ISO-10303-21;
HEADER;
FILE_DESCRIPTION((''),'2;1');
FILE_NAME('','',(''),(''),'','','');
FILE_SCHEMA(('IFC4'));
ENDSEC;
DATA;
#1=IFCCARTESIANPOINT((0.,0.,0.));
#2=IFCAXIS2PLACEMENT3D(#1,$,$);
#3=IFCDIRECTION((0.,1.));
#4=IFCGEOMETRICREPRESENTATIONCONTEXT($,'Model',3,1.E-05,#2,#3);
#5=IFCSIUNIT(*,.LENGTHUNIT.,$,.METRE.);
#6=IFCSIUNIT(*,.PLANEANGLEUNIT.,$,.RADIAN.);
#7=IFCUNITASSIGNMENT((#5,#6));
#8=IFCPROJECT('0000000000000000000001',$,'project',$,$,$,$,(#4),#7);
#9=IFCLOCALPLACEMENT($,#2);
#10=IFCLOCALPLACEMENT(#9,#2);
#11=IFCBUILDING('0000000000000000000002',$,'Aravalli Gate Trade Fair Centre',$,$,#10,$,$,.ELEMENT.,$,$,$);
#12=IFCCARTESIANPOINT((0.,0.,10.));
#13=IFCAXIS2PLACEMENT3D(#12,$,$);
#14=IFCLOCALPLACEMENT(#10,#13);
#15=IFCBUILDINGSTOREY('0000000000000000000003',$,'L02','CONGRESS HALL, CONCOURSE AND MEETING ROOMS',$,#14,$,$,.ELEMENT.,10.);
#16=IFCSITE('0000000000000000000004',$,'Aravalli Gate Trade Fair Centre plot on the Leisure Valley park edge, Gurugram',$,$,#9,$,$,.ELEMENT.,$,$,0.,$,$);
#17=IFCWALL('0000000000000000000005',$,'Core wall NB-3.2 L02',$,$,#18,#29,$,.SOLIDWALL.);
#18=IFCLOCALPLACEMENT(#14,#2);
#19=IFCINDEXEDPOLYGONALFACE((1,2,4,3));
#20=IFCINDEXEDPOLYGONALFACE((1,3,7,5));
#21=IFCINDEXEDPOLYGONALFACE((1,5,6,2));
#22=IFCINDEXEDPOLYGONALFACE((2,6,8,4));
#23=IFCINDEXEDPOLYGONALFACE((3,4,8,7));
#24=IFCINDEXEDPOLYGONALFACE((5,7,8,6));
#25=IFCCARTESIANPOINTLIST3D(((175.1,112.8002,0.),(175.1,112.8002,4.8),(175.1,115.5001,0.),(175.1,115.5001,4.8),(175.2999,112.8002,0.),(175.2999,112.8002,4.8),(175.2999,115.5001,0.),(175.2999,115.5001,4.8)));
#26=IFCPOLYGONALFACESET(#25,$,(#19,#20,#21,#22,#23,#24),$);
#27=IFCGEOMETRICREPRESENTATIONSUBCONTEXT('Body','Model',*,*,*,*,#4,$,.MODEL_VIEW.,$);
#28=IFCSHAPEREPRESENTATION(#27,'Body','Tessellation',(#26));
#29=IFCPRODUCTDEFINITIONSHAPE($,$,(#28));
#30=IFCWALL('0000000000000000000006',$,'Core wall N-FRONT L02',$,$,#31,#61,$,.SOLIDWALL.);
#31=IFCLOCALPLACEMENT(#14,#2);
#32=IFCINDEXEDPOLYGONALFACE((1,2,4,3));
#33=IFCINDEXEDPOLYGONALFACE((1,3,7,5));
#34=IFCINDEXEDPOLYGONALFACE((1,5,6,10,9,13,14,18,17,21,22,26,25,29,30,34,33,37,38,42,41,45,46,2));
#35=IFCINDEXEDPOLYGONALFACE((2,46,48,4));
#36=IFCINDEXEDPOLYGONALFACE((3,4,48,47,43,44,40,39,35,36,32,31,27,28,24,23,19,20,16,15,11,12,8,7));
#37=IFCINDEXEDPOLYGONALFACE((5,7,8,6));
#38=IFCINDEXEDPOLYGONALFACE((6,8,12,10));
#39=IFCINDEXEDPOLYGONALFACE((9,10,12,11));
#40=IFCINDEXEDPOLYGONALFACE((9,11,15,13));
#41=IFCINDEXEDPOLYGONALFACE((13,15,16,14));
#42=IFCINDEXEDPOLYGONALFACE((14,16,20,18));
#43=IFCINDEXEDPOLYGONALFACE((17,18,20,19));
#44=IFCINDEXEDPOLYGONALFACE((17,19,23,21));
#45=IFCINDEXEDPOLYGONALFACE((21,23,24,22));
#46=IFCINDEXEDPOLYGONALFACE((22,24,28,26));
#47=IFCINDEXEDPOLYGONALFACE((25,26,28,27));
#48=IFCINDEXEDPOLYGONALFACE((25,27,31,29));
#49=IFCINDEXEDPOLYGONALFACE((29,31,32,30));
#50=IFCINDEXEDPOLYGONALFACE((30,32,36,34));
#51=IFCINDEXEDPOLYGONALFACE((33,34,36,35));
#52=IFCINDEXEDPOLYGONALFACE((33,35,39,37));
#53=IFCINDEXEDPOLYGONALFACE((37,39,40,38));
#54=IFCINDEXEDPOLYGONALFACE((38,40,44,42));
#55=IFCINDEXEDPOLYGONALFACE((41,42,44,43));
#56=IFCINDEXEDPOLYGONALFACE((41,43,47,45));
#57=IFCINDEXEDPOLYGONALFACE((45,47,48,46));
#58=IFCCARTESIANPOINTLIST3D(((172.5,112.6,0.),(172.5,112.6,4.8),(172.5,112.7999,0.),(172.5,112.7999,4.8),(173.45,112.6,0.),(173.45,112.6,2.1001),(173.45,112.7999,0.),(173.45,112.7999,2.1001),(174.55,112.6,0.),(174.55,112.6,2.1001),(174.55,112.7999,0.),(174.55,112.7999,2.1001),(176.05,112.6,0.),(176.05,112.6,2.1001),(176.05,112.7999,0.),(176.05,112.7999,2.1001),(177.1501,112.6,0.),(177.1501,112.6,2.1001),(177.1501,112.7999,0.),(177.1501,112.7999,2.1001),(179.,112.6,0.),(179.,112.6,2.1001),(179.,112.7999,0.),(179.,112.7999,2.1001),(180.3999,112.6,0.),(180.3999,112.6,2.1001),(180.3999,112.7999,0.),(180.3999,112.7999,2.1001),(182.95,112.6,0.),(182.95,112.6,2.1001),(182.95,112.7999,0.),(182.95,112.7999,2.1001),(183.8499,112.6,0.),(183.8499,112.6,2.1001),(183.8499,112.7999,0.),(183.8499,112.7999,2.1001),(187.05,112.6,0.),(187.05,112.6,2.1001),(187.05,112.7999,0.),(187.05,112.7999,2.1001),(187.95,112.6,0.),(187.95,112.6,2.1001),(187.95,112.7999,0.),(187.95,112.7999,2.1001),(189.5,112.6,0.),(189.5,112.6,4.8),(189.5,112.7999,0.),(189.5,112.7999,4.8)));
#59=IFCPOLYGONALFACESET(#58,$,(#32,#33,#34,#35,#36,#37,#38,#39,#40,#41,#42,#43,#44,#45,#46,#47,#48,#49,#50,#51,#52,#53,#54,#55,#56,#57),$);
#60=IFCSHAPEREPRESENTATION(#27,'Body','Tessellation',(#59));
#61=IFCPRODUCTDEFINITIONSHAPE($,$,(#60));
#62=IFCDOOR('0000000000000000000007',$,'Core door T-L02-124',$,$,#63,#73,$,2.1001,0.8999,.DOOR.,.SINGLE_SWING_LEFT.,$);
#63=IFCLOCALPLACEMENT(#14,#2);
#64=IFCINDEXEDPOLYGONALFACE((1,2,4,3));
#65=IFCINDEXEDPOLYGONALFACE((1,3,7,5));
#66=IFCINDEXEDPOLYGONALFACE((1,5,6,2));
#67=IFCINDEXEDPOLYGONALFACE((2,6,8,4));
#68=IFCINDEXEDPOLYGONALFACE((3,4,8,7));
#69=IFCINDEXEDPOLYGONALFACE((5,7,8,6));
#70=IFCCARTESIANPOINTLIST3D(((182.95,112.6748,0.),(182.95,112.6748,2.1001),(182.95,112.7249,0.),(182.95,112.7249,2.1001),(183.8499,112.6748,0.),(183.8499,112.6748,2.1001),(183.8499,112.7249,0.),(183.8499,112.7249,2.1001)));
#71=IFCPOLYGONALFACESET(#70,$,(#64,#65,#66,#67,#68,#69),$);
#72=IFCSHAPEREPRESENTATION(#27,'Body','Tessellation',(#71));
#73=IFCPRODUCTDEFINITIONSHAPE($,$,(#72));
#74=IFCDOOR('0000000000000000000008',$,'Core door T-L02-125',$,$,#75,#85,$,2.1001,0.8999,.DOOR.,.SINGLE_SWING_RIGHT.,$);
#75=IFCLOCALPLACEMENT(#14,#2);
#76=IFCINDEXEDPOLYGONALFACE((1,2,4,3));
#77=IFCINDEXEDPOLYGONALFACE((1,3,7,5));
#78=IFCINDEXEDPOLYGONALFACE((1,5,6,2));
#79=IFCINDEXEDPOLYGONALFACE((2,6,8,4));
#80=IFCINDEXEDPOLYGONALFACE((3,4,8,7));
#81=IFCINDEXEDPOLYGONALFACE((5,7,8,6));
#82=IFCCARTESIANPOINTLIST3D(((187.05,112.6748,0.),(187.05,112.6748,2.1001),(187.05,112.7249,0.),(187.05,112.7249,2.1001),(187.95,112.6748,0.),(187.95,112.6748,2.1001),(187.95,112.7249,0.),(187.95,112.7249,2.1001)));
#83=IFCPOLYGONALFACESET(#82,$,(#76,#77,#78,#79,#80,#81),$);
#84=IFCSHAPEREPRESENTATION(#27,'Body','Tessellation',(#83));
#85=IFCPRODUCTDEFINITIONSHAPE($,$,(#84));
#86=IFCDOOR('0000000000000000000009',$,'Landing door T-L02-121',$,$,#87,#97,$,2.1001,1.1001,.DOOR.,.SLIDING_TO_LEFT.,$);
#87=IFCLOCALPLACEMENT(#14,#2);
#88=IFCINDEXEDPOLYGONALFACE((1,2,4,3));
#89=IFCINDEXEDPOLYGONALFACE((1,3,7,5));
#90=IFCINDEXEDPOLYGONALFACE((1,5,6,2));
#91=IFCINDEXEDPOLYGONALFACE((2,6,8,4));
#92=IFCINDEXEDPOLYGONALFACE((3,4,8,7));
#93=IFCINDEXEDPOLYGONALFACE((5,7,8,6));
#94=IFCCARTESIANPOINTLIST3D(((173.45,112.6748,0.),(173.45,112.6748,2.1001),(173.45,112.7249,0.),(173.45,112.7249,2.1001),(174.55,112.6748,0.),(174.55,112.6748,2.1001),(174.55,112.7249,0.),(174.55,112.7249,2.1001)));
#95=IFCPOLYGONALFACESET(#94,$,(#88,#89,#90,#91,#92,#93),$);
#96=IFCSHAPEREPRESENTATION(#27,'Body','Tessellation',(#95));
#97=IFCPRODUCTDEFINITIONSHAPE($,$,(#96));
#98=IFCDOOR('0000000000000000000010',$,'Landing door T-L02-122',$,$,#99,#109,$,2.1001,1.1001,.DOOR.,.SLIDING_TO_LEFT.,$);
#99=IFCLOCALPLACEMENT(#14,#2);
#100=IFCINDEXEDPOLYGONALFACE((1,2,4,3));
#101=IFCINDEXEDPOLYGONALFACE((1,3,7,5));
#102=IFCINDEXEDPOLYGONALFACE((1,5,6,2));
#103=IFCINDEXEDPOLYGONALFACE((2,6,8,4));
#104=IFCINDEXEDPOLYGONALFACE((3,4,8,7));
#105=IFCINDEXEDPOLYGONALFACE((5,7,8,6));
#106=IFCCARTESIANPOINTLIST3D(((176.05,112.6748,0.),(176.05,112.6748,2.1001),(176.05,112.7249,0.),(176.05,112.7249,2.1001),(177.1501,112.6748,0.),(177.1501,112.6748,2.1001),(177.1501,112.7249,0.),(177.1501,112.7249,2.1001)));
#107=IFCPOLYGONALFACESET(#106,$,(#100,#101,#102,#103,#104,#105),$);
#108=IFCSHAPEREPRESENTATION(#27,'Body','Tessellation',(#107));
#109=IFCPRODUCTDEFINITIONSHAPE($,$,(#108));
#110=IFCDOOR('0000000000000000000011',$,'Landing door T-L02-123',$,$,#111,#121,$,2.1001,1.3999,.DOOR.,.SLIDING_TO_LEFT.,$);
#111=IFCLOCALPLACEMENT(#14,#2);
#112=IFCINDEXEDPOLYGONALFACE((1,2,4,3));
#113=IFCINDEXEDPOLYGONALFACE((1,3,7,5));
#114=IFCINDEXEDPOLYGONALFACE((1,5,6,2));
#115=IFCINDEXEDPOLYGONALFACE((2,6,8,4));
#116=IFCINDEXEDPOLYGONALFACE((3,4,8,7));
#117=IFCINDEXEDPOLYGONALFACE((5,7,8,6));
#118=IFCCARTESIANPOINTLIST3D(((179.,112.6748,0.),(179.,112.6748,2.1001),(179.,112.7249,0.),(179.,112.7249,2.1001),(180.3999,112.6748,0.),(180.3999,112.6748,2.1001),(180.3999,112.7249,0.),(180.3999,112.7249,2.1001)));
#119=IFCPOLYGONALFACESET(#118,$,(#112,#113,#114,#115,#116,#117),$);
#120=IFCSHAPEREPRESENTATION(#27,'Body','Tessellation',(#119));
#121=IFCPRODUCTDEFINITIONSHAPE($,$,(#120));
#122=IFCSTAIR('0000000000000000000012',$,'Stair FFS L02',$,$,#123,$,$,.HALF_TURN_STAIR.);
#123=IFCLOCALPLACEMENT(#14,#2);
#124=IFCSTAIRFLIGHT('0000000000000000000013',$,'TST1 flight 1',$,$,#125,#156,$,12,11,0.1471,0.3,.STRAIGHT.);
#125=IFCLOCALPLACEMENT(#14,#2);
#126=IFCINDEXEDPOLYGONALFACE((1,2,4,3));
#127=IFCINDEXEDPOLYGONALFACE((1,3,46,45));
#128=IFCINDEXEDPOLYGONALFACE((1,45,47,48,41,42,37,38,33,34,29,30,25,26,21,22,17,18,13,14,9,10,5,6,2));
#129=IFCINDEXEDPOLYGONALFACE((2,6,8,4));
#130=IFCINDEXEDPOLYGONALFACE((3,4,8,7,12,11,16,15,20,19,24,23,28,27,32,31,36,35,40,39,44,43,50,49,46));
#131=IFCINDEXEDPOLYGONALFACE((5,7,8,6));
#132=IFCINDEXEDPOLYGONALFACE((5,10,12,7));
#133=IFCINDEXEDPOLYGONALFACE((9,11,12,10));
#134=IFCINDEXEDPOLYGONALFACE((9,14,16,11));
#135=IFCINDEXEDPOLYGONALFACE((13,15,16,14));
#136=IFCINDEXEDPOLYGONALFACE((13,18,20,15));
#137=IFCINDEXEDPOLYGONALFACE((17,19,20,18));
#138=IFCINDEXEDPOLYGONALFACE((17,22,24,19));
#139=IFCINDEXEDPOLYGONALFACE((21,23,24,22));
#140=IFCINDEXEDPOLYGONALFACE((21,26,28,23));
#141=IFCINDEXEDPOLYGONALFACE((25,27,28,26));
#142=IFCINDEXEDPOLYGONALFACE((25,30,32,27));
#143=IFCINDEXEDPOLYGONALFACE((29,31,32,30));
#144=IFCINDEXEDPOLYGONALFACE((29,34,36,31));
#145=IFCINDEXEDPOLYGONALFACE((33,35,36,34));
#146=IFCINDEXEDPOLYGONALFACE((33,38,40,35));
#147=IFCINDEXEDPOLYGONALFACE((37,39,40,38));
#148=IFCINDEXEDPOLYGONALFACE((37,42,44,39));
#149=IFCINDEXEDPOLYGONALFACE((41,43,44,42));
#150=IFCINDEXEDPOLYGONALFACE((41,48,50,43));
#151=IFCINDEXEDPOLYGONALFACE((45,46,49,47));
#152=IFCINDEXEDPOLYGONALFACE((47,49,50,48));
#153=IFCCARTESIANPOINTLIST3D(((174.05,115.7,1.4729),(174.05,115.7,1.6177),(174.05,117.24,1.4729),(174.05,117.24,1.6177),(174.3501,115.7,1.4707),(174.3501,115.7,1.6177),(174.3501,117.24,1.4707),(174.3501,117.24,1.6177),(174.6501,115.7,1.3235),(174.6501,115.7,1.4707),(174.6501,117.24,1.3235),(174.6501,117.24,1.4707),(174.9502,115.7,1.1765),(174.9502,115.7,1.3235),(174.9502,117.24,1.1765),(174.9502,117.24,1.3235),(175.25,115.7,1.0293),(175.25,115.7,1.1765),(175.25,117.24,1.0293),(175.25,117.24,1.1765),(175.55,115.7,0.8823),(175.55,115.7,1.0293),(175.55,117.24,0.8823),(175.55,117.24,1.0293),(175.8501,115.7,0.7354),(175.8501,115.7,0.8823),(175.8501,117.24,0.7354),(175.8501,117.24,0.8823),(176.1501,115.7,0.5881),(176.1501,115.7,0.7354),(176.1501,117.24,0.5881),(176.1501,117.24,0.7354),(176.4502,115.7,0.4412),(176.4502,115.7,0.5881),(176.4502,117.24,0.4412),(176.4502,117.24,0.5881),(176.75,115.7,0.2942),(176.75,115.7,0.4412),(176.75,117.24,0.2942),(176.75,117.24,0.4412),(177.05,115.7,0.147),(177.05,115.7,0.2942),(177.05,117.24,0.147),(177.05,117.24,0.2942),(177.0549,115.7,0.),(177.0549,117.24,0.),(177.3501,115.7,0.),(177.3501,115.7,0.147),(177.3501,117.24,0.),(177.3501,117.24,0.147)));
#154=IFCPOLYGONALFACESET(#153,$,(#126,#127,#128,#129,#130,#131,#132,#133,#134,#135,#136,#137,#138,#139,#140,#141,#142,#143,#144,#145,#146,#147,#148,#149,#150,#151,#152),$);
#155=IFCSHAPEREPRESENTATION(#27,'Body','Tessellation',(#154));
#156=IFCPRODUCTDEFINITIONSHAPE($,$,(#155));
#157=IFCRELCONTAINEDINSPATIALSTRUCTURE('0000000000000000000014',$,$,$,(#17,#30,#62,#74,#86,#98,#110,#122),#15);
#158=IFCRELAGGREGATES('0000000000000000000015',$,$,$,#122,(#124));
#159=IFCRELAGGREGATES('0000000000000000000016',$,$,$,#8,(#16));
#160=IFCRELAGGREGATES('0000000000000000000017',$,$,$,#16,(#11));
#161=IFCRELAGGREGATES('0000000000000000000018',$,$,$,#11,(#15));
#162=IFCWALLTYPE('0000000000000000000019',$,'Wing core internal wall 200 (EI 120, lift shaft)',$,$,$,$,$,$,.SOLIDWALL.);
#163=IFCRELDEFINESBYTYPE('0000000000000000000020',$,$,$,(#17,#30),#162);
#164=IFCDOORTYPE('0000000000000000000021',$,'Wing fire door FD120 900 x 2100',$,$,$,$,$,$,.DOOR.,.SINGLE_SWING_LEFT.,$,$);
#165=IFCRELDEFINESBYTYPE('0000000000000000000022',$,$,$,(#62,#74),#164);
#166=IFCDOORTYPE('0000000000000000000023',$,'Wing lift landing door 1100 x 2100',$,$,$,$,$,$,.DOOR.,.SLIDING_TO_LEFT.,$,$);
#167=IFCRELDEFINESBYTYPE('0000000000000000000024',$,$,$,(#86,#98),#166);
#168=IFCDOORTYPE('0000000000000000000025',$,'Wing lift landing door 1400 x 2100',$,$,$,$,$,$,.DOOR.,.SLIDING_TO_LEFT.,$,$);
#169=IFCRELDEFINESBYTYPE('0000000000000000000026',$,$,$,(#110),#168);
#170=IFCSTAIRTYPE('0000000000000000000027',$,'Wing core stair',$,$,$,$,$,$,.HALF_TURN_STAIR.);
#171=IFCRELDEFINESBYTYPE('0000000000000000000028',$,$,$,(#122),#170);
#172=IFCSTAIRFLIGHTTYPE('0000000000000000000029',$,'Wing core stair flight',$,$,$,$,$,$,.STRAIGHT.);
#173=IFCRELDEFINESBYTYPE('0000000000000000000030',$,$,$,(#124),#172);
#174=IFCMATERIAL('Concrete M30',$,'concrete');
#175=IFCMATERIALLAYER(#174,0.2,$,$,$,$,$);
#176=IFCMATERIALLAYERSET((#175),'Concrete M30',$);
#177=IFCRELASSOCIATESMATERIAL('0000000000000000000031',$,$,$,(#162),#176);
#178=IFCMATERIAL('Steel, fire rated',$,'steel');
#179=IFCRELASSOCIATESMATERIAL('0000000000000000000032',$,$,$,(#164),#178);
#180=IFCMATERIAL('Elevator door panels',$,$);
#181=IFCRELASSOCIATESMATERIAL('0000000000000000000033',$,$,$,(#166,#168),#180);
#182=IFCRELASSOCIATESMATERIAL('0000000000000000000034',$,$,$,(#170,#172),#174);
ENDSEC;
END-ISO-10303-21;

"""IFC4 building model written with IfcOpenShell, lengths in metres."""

from ifc_helpers import new_model, si_unit, direction, frame, frame_2d, origin, place, context, subcontext, project, spatial, polyline, rectangle, outline, extrude, material, layer, layer_set, type_object, element, fill, aggregate, save


model = new_model("IFC4")

# Units and contexts
model_context = context("Model", 3, precision=1e-05, world=origin(), true_north=direction((0.0, 1.0)))
body_context = subcontext(model_context, "Body", "Model", "MODEL_VIEW")
ifc_project = project(units=[si_unit("LENGTHUNIT", "METRE"), si_unit("PLANEANGLEUNIT", "RADIAN")], contexts=[model_context])

# Site, building, storey
site_placement = place(None, origin())
site = spatial("IfcSite", under=ifc_project, at=site_placement, Name="Aravalli Gate Trade Fair Centre plot on the Leisure Valley park edge, Gurugram", CompositionType="ELEMENT", RefElevation=0.0)
building_placement = place(site_placement, origin())
building = spatial("IfcBuilding", under=site, at=building_placement, Name="Aravalli Gate Trade Fair Centre", CompositionType="ELEMENT")
storey_placement = place(building_placement, frame((0.0, 0.0, 10.0)))
storey = spatial("IfcBuildingStorey", under=building, at=storey_placement, Name="L02", Description="CONGRESS HALL, CONCOURSE AND MEETING ROOMS", CompositionType="ELEMENT", Elevation=10.0)

# Shared definitions
ifc_material_1 = material(Name="Concrete M30", Category="concrete")

# Shared definitions
ifc_material_2 = material(Name="Steel, fire rated", Category="steel")

# Shared definitions
ifc_layer_1 = layer(ifc_material_1, 0.2)
ifc_layer_set_1 = layer_set([ifc_layer_1], Name="Concrete M30")
wall_type_1 = type_object("IfcWallType", Name="Wing core internal wall 200 (EI 120, lift shaft)", PredefinedType="SOLIDWALL", material=ifc_layer_set_1)

# Shared definitions
door_type_1 = type_object("IfcDoorType", Name="Wing fire door FD120 900 x 2100", OperationType="SINGLE_SWING_LEFT", PredefinedType="DOOR", material=ifc_material_2)
ifc_material_3 = material(Name="Elevator door panels")
door_type_2 = type_object("IfcDoorType", Name="Wing lift landing door 1100 x 2100", OperationType="SLIDING_TO_LEFT", PredefinedType="DOOR", material=ifc_material_3)

# Wall
wall_1_placement = place(storey_placement, frame((175.2, 112.8, 0.0), z_axis=(0.0, 0.0, 1.0), x_axis=(0.0, 1.0, 0.0)))
element("IfcWall", 1, at=wall_1_placement, inside=storey, type_object=wall_type_1, Name="Core wall NB-3.2 L02", PredefinedType="SOLIDWALL", context=body_context, shape_type="SweptSolid", body=[
    extrude(rectangle(XDim=2.7, YDim=0.2, at=frame_2d((1.3501, 0.0))), origin(), (0.0, 0.0, 1.0), 4.8),
])

# Wall, openings, doors
wall_2_placement = place(storey_placement, frame((172.5, 112.7, 0.0), z_axis=(0.0, 0.0, 1.0), x_axis=(1.0, 0.0, 0.0)))
wall_2 = element("IfcWall", 2, at=wall_2_placement, inside=storey, type_object=wall_type_1, Name="Core wall N-FRONT L02", PredefinedType="SOLIDWALL", context=body_context, shape_type="SweptSolid", body=[
    extrude(rectangle(XDim=17.0, YDim=0.2, at=frame_2d((8.5, 0.0))), origin(), (0.0, 0.0, 1.0), 4.8),
])
opening_1_placement = place(wall_2_placement, frame((0.95, 0.0, 0.0)))
opening_1 = element("IfcOpeningElement", 3, at=opening_1_placement, cuts=wall_2, PredefinedType="OPENING", context=body_context, shape_type="SweptSolid", body=[
    extrude(rectangle(XDim=1.1001, YDim=2.1001, at=frame_2d((0.55, 1.05))), frame((0.0, 0.1099, 0.0), z_axis=(0.0, -1.0, 0.0), x_axis=(1.0, 0.0, 0.0)), (0.0, 0.0, 1.0), 0.22),
])
opening_2_placement = place(wall_2_placement, frame((3.55, 0.0, 0.0)))
opening_2 = element("IfcOpeningElement", 4, at=opening_2_placement, cuts=wall_2, PredefinedType="OPENING", context=body_context, shape_type="SweptSolid", body=[
    extrude(rectangle(XDim=1.1001, YDim=2.1001, at=frame_2d((0.55, 1.05))), frame((0.0, 0.1099, 0.0), z_axis=(0.0, -1.0, 0.0), x_axis=(1.0, 0.0, 0.0)), (0.0, 0.0, 1.0), 0.22),
])
opening_3_placement = place(wall_2_placement, frame((6.5, 0.0, 0.0)))
opening_3 = element("IfcOpeningElement", 5, at=opening_3_placement, cuts=wall_2, PredefinedType="OPENING", context=body_context, shape_type="SweptSolid", body=[
    extrude(rectangle(XDim=1.3999, YDim=2.1001, at=frame_2d((0.7, 1.05))), frame((0.0, 0.1099, 0.0), z_axis=(0.0, -1.0, 0.0), x_axis=(1.0, 0.0, 0.0)), (0.0, 0.0, 1.0), 0.22),
])
opening_4_placement = place(wall_2_placement, frame((10.45, 0.0, 0.0)))
opening_4 = element("IfcOpeningElement", 6, at=opening_4_placement, cuts=wall_2, PredefinedType="OPENING", context=body_context, shape_type="SweptSolid", body=[
    extrude(rectangle(XDim=0.8999, YDim=2.1001, at=frame_2d((0.45, 1.05))), frame((0.0, 0.1099, 0.0), z_axis=(0.0, -1.0, 0.0), x_axis=(1.0, 0.0, 0.0)), (0.0, 0.0, 1.0), 0.22),
])
opening_5_placement = place(wall_2_placement, frame((14.55, 0.0, 0.0)))
opening_5 = element("IfcOpeningElement", 7, at=opening_5_placement, cuts=wall_2, PredefinedType="OPENING", context=body_context, shape_type="SweptSolid", body=[
    extrude(rectangle(XDim=0.8999, YDim=2.1001, at=frame_2d((0.45, 1.05))), frame((0.0, 0.1099, 0.0), z_axis=(0.0, -1.0, 0.0), x_axis=(1.0, 0.0, 0.0)), (0.0, 0.0, 1.0), 0.22),
])
door_1_placement = place(opening_4_placement, origin())
door_1 = element("IfcDoor", 8, at=door_1_placement, inside=storey, type_object=door_type_1, Name="Core door T-L02-124", OperationType="SINGLE_SWING_LEFT", OverallHeight=2.1001, OverallWidth=0.8999, PredefinedType="DOOR", context=body_context, shape_type="SweptSolid", body=[
    extrude(rectangle(XDim=0.8999, YDim=2.1001, at=frame_2d((0.45, 1.05))), frame((0.0, 0.0249, 0.0), z_axis=(0.0, -1.0, 0.0), x_axis=(1.0, 0.0, 0.0)), (0.0, 0.0, 1.0), 0.05),
])
fill(opening_4, door_1)
door_2_placement = place(opening_5_placement, origin())
door_2 = element("IfcDoor", 9, at=door_2_placement, inside=storey, type_object=door_type_1, Name="Core door T-L02-125", OperationType="SINGLE_SWING_RIGHT", OverallHeight=2.1001, OverallWidth=0.8999, PredefinedType="DOOR", context=body_context, shape_type="SweptSolid", body=[
    extrude(rectangle(XDim=0.8999, YDim=2.1001, at=frame_2d((0.45, 1.05))), frame((0.0, 0.0249, 0.0), z_axis=(0.0, -1.0, 0.0), x_axis=(1.0, 0.0, 0.0)), (0.0, 0.0, 1.0), 0.05),
])
fill(opening_5, door_2)
door_3_placement = place(opening_1_placement, origin())
door_3 = element("IfcDoor", 10, at=door_3_placement, inside=storey, type_object=door_type_2, Name="Landing door T-L02-121", OperationType="SLIDING_TO_LEFT", OverallHeight=2.1001, OverallWidth=1.1001, PredefinedType="DOOR", context=body_context, shape_type="SweptSolid", body=[
    extrude(rectangle(XDim=1.1001, YDim=2.1001, at=frame_2d((0.55, 1.05))), frame((0.0, 0.0249, 0.0), z_axis=(0.0, -1.0, 0.0), x_axis=(1.0, 0.0, 0.0)), (0.0, 0.0, 1.0), 0.05),
])
fill(opening_1, door_3)
door_4_placement = place(opening_2_placement, origin())
door_4 = element("IfcDoor", 11, at=door_4_placement, inside=storey, type_object=door_type_2, Name="Landing door T-L02-122", OperationType="SLIDING_TO_LEFT", OverallHeight=2.1001, OverallWidth=1.1001, PredefinedType="DOOR", context=body_context, shape_type="SweptSolid", body=[
    extrude(rectangle(XDim=1.1001, YDim=2.1001, at=frame_2d((0.55, 1.05))), frame((0.0, 0.0249, 0.0), z_axis=(0.0, -1.0, 0.0), x_axis=(1.0, 0.0, 0.0)), (0.0, 0.0, 1.0), 0.05),
])
fill(opening_2, door_4)
door_type_3 = type_object("IfcDoorType", Name="Wing lift landing door 1400 x 2100", OperationType="SLIDING_TO_LEFT", PredefinedType="DOOR", material=ifc_material_3)
door_5_placement = place(opening_3_placement, origin())
door_5 = element("IfcDoor", 12, at=door_5_placement, inside=storey, type_object=door_type_3, Name="Landing door T-L02-123", OperationType="SLIDING_TO_LEFT", OverallHeight=2.1001, OverallWidth=1.3999, PredefinedType="DOOR", context=body_context, shape_type="SweptSolid", body=[
    extrude(rectangle(XDim=1.3999, YDim=2.1001, at=frame_2d((0.7, 1.05))), frame((0.0, 0.0249, 0.0), z_axis=(0.0, -1.0, 0.0), x_axis=(1.0, 0.0, 0.0)), (0.0, 0.0, 1.0), 0.05),
])
fill(opening_3, door_5)

# Stair, stair flight
stair_type = type_object("IfcStairType", Name="Wing core stair", PredefinedType="HALF_TURN_STAIR", material=ifc_material_1)
stair_placement = place(storey_placement, origin())
stair = element("IfcStair", 13, at=stair_placement, inside=storey, type_object=stair_type, Name="Stair FFS L02", PredefinedType="HALF_TURN_STAIR")
stair_flight_type = type_object("IfcStairFlightType", Name="Wing core stair flight", PredefinedType="STRAIGHT", material=ifc_material_1)
stair_flight_1_placement = place(storey_placement, frame((177.3501, 116.47, 0.0), z_axis=(0.0, 0.0, 1.0), x_axis=(-1.0, 0.0, 0.0)))
stair_flight_1 = element("IfcStairFlight", 14, at=stair_flight_1_placement, type_object=stair_flight_type, Name="TST1 flight 1", NumberOfRisers=12, NumberOfTreads=11, PredefinedType="STRAIGHT", RiserHeight=0.1471, TreadLength=0.3, context=body_context, shape_type="SweptSolid", body=[
    extrude(outline(polyline([(0.0, 0.0), (0.0, 0.147), (0.3, 0.147), (0.3, 0.2942), (0.6001, 0.2942), (0.6001, 0.4412), (0.8999, 0.4412), (0.8999, 0.5881), (1.2, 0.5881), (1.2, 0.7354), (1.5, 0.7354), (1.5, 0.8823), (1.8, 0.8823), (1.8, 1.0293), (2.1001, 1.0293), (2.1001, 1.1765), (2.3999, 1.1765), (2.3999, 1.3235), (2.7, 1.3235), (2.7, 1.4707), (3.0, 1.4707), (3.0, 1.6177), (3.3, 1.6177), (3.3, 1.7646), (3.3, 1.4729), (0.2952, 0.0), (0.0, 0.0)])), frame((0.0, 0.77, 0.0), z_axis=(0.0, -1.0, 0.0), x_axis=(1.0, 0.0, 0.0)), (0.0, 0.0, 1.0), 1.54),
])
aggregate(stair, [stair_flight_1])

save(model, "model.ifc")
